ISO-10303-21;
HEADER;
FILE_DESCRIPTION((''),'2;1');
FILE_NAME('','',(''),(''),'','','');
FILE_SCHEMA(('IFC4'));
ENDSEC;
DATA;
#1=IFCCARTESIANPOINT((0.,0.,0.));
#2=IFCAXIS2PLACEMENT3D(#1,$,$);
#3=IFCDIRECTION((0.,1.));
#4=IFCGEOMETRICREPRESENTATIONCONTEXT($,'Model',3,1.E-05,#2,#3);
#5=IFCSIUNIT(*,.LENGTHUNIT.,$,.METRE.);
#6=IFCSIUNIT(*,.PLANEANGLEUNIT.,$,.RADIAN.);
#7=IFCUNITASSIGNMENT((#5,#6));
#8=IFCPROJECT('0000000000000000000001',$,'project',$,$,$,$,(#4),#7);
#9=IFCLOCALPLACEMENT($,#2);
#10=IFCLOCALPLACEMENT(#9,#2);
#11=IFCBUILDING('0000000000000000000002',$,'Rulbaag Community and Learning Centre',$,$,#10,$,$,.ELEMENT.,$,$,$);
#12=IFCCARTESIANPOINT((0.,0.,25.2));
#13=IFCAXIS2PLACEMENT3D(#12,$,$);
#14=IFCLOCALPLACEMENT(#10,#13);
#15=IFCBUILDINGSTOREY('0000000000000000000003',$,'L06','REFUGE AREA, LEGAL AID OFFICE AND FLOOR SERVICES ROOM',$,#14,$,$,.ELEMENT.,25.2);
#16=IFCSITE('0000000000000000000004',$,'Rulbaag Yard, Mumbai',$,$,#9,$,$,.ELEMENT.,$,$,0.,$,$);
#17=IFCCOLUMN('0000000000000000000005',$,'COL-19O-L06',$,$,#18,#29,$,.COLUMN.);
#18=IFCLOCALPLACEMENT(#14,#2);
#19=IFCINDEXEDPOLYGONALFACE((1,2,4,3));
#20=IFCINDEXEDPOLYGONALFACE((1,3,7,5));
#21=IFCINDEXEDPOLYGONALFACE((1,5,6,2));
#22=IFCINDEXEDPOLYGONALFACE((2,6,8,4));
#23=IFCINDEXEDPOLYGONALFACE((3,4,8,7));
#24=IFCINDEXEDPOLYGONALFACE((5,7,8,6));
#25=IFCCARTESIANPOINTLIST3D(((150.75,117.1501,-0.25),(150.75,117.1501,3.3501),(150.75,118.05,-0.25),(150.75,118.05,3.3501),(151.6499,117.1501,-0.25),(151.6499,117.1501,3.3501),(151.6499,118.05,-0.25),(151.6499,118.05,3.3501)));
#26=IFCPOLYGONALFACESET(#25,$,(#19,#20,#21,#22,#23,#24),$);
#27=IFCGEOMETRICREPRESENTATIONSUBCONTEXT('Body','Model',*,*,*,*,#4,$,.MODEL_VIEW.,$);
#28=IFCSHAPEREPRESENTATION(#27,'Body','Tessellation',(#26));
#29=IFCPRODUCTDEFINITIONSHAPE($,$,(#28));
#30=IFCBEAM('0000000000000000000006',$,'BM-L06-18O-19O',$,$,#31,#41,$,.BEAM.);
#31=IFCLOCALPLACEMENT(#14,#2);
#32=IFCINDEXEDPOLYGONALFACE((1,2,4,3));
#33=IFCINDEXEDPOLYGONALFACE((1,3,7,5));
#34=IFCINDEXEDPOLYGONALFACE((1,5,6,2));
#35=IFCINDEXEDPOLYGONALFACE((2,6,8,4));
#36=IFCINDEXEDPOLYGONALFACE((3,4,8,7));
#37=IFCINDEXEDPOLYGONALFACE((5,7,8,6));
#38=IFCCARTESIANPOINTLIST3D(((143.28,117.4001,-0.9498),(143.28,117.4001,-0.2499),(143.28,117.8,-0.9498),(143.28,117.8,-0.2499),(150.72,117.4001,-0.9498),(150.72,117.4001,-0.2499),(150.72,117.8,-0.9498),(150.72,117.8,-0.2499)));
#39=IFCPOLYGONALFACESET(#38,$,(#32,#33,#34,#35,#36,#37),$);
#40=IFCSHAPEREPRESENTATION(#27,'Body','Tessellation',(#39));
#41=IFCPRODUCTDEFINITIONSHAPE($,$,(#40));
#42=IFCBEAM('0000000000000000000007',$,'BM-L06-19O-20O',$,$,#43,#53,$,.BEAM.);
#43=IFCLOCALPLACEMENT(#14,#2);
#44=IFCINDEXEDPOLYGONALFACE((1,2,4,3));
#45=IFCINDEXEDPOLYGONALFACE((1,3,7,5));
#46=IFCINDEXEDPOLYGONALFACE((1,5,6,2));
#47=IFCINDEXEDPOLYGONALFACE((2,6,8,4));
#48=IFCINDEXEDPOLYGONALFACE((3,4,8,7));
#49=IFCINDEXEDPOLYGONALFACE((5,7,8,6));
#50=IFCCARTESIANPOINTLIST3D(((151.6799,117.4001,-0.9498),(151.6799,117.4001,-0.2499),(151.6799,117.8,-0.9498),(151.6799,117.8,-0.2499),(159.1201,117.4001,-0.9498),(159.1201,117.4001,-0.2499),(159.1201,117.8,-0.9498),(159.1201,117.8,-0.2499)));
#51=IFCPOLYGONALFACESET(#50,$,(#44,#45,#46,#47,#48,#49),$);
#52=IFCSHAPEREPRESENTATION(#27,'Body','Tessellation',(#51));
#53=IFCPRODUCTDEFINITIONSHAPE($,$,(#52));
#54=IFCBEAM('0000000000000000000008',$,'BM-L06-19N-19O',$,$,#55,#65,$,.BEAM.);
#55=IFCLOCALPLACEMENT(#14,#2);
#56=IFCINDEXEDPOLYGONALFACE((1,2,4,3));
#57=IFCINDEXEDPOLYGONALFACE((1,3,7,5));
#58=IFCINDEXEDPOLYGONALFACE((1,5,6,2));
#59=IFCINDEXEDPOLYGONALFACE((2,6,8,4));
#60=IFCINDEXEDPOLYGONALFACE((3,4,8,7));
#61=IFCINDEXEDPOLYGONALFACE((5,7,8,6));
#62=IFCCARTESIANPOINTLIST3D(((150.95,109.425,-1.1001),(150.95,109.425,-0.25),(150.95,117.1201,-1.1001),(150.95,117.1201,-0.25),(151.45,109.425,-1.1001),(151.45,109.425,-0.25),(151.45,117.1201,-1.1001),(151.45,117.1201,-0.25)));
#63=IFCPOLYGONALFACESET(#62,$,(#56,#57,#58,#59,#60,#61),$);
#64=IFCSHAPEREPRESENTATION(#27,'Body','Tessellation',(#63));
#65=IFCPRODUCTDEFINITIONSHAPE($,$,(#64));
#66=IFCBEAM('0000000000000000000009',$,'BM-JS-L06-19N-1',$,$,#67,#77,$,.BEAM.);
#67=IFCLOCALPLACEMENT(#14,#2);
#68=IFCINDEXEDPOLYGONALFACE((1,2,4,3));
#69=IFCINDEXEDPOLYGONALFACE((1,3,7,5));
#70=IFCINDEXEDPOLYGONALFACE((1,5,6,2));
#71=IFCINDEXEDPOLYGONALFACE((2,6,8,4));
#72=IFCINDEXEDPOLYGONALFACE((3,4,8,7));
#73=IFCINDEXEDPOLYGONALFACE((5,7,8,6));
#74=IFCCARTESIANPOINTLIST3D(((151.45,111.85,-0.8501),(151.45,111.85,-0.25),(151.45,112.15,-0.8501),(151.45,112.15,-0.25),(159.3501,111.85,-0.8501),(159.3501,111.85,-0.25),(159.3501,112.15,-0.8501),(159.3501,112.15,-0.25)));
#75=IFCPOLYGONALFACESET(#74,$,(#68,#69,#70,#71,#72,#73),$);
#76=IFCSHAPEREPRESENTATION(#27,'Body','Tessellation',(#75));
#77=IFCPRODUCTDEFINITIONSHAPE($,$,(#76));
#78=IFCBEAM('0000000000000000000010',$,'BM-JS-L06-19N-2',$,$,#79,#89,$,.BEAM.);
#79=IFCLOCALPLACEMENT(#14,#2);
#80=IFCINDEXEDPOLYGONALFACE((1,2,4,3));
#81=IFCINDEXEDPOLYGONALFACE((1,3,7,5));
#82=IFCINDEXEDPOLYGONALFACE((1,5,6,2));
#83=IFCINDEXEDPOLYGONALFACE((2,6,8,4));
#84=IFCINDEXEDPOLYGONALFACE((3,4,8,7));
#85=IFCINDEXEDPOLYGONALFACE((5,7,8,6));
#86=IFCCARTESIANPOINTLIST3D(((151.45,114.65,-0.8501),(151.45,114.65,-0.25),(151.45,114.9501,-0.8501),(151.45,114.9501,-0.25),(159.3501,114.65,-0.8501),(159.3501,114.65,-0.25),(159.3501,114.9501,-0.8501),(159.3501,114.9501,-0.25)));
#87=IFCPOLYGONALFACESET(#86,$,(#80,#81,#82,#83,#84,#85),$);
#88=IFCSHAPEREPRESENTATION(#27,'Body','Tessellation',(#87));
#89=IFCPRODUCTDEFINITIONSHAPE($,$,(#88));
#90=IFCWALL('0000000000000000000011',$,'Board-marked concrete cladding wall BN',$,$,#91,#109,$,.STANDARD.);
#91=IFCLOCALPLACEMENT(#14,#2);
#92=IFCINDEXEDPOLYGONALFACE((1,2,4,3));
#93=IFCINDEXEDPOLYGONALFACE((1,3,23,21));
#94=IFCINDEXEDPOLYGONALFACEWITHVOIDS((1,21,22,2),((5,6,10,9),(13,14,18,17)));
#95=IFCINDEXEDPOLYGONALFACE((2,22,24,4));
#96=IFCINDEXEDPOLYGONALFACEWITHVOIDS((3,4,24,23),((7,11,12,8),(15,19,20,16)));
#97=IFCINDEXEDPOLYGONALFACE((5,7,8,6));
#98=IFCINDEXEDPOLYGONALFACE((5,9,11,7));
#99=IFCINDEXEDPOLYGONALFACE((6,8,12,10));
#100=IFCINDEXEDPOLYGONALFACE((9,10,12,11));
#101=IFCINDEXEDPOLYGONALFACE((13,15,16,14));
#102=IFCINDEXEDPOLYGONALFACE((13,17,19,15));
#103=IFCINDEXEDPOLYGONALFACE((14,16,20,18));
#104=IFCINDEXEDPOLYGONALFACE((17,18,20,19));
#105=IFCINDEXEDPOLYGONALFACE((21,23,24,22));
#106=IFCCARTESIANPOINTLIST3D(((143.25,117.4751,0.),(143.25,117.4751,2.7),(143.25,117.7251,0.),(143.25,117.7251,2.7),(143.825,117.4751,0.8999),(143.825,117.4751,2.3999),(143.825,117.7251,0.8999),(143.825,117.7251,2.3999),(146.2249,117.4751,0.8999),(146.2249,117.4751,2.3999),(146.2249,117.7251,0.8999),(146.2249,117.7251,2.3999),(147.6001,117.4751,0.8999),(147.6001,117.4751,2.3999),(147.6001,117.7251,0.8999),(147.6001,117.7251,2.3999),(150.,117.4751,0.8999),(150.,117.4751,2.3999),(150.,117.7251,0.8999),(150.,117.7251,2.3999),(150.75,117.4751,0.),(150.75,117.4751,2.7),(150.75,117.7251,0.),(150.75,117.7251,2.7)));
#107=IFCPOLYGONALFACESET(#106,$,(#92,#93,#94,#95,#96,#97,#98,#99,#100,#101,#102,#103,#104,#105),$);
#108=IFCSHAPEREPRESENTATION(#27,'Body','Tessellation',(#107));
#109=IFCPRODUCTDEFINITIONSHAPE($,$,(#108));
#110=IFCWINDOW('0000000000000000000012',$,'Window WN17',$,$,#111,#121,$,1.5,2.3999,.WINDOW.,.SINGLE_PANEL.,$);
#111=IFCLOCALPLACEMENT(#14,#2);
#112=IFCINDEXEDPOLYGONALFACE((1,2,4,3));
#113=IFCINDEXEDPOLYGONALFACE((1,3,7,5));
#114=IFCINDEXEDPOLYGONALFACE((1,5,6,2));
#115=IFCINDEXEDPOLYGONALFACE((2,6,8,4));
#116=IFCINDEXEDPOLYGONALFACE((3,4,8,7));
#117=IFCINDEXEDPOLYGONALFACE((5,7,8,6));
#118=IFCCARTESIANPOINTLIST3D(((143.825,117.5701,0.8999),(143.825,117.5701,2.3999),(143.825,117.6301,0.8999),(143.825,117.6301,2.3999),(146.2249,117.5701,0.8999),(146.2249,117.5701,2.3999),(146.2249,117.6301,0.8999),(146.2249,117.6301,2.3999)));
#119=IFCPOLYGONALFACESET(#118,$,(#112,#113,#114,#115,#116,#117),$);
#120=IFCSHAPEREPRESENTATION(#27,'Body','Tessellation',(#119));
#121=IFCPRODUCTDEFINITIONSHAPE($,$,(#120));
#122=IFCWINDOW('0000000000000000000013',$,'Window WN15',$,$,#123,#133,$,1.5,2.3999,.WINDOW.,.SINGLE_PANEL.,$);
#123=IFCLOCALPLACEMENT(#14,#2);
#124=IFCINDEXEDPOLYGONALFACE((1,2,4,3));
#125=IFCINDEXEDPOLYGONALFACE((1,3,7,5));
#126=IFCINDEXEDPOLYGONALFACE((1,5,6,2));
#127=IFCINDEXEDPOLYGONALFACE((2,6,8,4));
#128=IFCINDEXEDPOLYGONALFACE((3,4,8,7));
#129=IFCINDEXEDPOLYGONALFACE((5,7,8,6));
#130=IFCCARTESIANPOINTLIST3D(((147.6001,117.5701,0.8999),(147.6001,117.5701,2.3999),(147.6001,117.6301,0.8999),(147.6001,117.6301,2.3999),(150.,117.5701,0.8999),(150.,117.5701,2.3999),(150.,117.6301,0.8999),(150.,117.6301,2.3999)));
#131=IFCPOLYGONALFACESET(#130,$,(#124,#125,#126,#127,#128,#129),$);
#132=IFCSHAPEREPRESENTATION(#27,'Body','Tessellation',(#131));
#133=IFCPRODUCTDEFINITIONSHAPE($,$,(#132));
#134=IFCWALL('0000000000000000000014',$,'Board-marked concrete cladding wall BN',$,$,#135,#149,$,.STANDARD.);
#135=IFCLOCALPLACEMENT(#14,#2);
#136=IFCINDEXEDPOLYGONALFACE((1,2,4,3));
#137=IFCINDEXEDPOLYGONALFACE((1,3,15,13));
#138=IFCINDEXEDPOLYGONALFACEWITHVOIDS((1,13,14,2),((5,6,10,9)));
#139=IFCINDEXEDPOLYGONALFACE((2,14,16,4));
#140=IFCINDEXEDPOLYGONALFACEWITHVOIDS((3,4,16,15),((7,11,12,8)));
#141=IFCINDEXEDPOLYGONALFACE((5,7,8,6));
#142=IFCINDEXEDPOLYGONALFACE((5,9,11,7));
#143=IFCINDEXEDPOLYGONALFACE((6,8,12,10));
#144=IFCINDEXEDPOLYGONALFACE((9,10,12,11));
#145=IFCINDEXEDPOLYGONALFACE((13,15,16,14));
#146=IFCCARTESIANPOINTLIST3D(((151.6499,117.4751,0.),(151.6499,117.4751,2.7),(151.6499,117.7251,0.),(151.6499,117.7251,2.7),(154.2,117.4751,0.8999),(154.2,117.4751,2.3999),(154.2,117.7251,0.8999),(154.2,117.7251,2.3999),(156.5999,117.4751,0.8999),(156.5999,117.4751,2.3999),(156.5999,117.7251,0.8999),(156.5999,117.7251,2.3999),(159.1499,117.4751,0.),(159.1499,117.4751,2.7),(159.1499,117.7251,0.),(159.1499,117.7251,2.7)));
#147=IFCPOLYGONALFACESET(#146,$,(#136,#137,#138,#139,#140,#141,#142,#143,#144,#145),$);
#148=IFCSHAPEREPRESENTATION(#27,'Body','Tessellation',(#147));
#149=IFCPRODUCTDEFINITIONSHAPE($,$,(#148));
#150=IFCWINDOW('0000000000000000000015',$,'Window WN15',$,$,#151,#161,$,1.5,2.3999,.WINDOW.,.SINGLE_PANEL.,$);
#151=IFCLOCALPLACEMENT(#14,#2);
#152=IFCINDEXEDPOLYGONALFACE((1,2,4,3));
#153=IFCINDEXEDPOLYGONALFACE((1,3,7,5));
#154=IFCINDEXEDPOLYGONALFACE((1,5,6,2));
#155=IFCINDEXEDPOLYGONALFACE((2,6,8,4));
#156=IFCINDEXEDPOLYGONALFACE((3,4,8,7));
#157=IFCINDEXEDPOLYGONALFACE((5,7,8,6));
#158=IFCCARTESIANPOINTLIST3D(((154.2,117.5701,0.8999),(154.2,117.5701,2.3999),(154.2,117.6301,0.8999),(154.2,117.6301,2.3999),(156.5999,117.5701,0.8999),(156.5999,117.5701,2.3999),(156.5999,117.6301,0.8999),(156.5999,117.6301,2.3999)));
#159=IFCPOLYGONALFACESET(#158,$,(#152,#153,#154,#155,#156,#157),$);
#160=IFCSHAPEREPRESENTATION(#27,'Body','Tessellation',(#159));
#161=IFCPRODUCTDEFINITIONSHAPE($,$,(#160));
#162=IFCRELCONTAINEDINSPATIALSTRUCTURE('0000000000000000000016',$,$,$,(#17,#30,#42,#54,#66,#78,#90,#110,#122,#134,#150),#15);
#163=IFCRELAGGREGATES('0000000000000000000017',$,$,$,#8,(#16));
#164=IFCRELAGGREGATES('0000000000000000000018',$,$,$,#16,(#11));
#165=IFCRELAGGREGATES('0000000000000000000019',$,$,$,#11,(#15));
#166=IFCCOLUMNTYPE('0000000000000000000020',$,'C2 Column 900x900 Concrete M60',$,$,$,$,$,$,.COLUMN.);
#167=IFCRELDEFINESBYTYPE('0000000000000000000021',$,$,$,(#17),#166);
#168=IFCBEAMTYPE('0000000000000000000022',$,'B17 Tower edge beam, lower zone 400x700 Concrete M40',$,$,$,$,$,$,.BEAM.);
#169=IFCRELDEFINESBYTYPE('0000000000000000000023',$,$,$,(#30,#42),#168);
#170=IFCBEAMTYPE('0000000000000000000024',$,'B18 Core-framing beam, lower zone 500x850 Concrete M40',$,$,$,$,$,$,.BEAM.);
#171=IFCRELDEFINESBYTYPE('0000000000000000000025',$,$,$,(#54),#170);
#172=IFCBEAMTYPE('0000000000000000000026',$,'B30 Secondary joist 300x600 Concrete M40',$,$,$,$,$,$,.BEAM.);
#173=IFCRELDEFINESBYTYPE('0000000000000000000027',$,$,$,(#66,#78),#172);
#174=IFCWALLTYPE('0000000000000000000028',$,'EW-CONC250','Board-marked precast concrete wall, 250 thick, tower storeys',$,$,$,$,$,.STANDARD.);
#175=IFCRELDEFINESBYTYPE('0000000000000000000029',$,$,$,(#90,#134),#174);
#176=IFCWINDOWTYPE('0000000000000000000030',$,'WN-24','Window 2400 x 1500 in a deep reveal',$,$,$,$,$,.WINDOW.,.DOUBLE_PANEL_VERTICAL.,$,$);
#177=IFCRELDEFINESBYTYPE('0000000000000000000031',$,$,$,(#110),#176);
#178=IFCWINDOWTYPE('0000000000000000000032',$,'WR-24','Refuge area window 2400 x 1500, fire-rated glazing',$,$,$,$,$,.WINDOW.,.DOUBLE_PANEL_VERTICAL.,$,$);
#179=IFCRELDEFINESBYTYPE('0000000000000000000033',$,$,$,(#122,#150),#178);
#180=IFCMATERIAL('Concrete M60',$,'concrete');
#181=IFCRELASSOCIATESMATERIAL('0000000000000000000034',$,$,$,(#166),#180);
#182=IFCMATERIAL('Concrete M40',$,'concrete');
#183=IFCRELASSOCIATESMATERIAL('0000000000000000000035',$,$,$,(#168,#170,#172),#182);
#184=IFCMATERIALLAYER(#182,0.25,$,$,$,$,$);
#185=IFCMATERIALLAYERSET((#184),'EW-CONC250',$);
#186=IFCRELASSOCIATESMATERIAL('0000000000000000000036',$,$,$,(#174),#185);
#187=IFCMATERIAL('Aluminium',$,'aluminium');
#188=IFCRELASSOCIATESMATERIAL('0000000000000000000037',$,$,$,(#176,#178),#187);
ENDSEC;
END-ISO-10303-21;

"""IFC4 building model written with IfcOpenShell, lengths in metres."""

from ifc_helpers import new_model, si_unit, direction, frame, frame_2d, origin, origin_2d, place, context, subcontext, project, spatial, rectangle, extrude, material, layer, layer_set, material_profile, profile_set, type_object, element, fill, save


model = new_model("IFC4")

# Units and contexts
model_context = context("Model", 3, precision=1e-05, world=origin(), true_north=direction((0.0, 1.0)))
body_context = subcontext(model_context, "Body", "Model", "MODEL_VIEW")
ifc_project = project(units=[si_unit("LENGTHUNIT", "METRE"), si_unit("PLANEANGLEUNIT", "RADIAN")], contexts=[model_context])

# Site, building, storey
site_placement = place(None, origin())
site = spatial("IfcSite", under=ifc_project, at=site_placement, Name="Rulbaag Yard, Mumbai", CompositionType="ELEMENT", RefElevation=0.0)
building_placement = place(site_placement, origin())
building = spatial("IfcBuilding", under=site, at=building_placement, Name="Rulbaag Community and Learning Centre", CompositionType="ELEMENT")
storey_placement = place(building_placement, frame((0.0, 0.0, 25.2)))
storey = spatial("IfcBuildingStorey", under=building, at=storey_placement, Name="L06", Description="REFUGE AREA, LEGAL AID OFFICE AND FLOOR SERVICES ROOM", CompositionType="ELEMENT", Elevation=25.2)

# Column
ifc_material_1 = material(Name="Concrete M60", Category="concrete")
ifc_material_profile_1 = material_profile(ifc_material_1, rectangle(XDim=0.8999, YDim=0.8999, at=origin_2d()), Name="RC900x900")
ifc_profile_set_1 = profile_set([ifc_material_profile_1], Name="Concrete M60")
column_type = type_object("IfcColumnType", Name="C2 Column 900x900 Concrete M60", PredefinedType="COLUMN", material=ifc_profile_set_1)
column_placement = place(storey_placement, frame((151.2, 117.6001, -0.25), z_axis=(0.0, 0.0, 1.0), x_axis=(1.0, 0.0, 0.0)))
element("IfcColumn", 1, at=column_placement, inside=storey, type_object=column_type, Name="COL-19O-L06", PredefinedType="COLUMN", context=body_context, shape_type="SweptSolid", body=[
    extrude(rectangle(XDim=0.8999, YDim=0.8999, at=origin_2d()), origin(), (0.0, 0.0, 1.0), 3.6001),
])

# Beams
ifc_material_2 = material(Name="Concrete M40", Category="concrete")
ifc_material_profile_2 = material_profile(ifc_material_2, rectangle(XDim=0.3999, YDim=0.7, at=origin_2d()), Name="RB400x700")
ifc_profile_set_2 = profile_set([ifc_material_profile_2], Name="Concrete M40")
beam_type_1 = type_object("IfcBeamType", Name="B17 Tower edge beam, lower zone 400x700 Concrete M40", PredefinedType="BEAM", material=ifc_profile_set_2)
beam_1_placement = place(storey_placement, frame((143.28, 117.6001, -0.5999), z_axis=(1.0, 0.0, 0.0), x_axis=(0.0, 1.0, 0.0)))
element("IfcBeam", 2, at=beam_1_placement, inside=storey, type_object=beam_type_1, Name="BM-L06-18O-19O", PredefinedType="BEAM", context=body_context, shape_type="SweptSolid", body=[
    extrude(rectangle(XDim=0.3999, YDim=0.7, at=origin_2d()), origin(), (0.0, 0.0, 1.0), 7.4399),
])
beam_2_placement = place(storey_placement, frame((151.6799, 117.6001, -0.5999), z_axis=(1.0, 0.0, 0.0), x_axis=(0.0, 1.0, 0.0)))
element("IfcBeam", 3, at=beam_2_placement, inside=storey, type_object=beam_type_1, Name="BM-L06-19O-20O", PredefinedType="BEAM", context=body_context, shape_type="SweptSolid", body=[
    extrude(rectangle(XDim=0.3999, YDim=0.7, at=origin_2d()), origin(), (0.0, 0.0, 1.0), 7.4402),
])
ifc_material_profile_3 = material_profile(ifc_material_2, rectangle(XDim=0.5, YDim=0.8501, at=origin_2d()), Name="RB500x850")
ifc_profile_set_3 = profile_set([ifc_material_profile_3], Name="Concrete M40")
beam_type_2 = type_object("IfcBeamType", Name="B18 Core-framing beam, lower zone 500x850 Concrete M40", PredefinedType="BEAM", material=ifc_profile_set_3)
beam_3_placement = place(storey_placement, frame((151.2, 109.425, -0.675), z_axis=(0.0, 1.0, 0.0), x_axis=(-1.0, 0.0, 0.0)))
element("IfcBeam", 4, at=beam_3_placement, inside=storey, type_object=beam_type_2, Name="BM-L06-19N-19O", PredefinedType="BEAM", context=body_context, shape_type="SweptSolid", body=[
    extrude(rectangle(XDim=0.5, YDim=0.8501, at=origin_2d()), origin(), (0.0, 0.0, 1.0), 7.6951),
])
ifc_material_profile_4 = material_profile(ifc_material_2, rectangle(XDim=0.3, YDim=0.6001, at=origin_2d()), Name="RB300x600")
ifc_profile_set_4 = profile_set([ifc_material_profile_4], Name="Concrete M40")
beam_type_3 = type_object("IfcBeamType", Name="B30 Secondary joist 300x600 Concrete M40", PredefinedType="BEAM", material=ifc_profile_set_4)
for number, where, z_axis, x_axis, name in (
    (5, (151.45, 112.0, -0.55), (1.0, 0.0, 0.0), (0.0, 1.0, 0.0), "BM-JS-L06-19N-1"),
    (6, (151.45, 114.8, -0.55), (1.0, 0.0, 0.0), (0.0, 1.0, 0.0), "BM-JS-L06-19N-2"),
):
    element("IfcBeam", number, at=place(storey_placement, frame(where, z_axis=z_axis, x_axis=x_axis)), inside=storey, type_object=beam_type_3, Name=name, PredefinedType="BEAM", context=body_context, shape_type="SweptSolid", body=[
        extrude(rectangle(XDim=0.3, YDim=0.6001, at=origin_2d()), origin(), (0.0, 0.0, 1.0), 7.9001),
    ])

# Wall, openings, windows
ifc_layer_1 = layer(ifc_material_2, 0.25)
ifc_layer_set_1 = layer_set([ifc_layer_1], Name="EW-CONC250")
wall_type_1 = type_object("IfcWallType", Name="EW-CONC250", Description="Board-marked precast concrete wall, 250 thick, tower storeys", PredefinedType="STANDARD", material=ifc_layer_set_1)
wall_1_placement = place(storey_placement, frame((143.25, 117.6001, 0.0), z_axis=(0.0, 0.0, 1.0), x_axis=(1.0, 0.0, 0.0)))
wall_1 = element("IfcWall", 7, at=wall_1_placement, inside=storey, type_object=wall_type_1, Name="Board-marked concrete cladding wall BN", PredefinedType="STANDARD", context=body_context, shape_type="SweptSolid", body=[
    extrude(rectangle(XDim=7.5, YDim=0.25, at=frame_2d((3.75, 0.0))), origin(), (0.0, 0.0, 1.0), 2.7),
])
opening_1_placement = place(wall_1_placement, frame((0.575, 0.0, 0.8999)))
opening_1 = element("IfcOpeningElement", 8, at=opening_1_placement, cuts=wall_1, PredefinedType="OPENING", context=body_context, shape_type="SweptSolid", body=[
    extrude(rectangle(XDim=2.3999, YDim=1.5, at=frame_2d((1.2, 0.75))), frame((0.0, 0.135, 0.0), z_axis=(0.0, -1.0, 0.0), x_axis=(1.0, 0.0, 0.0)), (0.0, 0.0, 1.0), 0.27),
])
opening_2_placement = place(wall_1_placement, frame((4.3501, 0.0, 0.8999)))
opening_2 = element("IfcOpeningElement", 9, at=opening_2_placement, cuts=wall_1, PredefinedType="OPENING", context=body_context, shape_type="SweptSolid", body=[
    extrude(rectangle(XDim=2.3999, YDim=1.5, at=frame_2d((1.2, 0.75))), frame((0.0, 0.135, 0.0), z_axis=(0.0, -1.0, 0.0), x_axis=(1.0, 0.0, 0.0)), (0.0, 0.0, 1.0), 0.27),
])
ifc_material_3 = material(Name="Aluminium", Category="aluminium")
window_type_1 = type_object("IfcWindowType", Name="WN-24", Description="Window 2400 x 1500 in a deep reveal", PartitioningType="DOUBLE_PANEL_VERTICAL", PredefinedType="WINDOW", material=ifc_material_3)
window_1_placement = place(opening_1_placement, origin())
window_1 = element("IfcWindow", 10, at=window_1_placement, inside=storey, type_object=window_type_1, Name="Window WN17", OverallHeight=1.5, OverallWidth=2.3999, PartitioningType="SINGLE_PANEL", PredefinedType="WINDOW", context=body_context, shape_type="SweptSolid", body=[
    extrude(rectangle(XDim=2.3999, YDim=1.5, at=frame_2d((1.2, 0.75))), frame((0.0, 0.03, 0.0), z_axis=(0.0, -1.0, 0.0), x_axis=(1.0, 0.0, 0.0)), (0.0, 0.0, 1.0), 0.0601),
])
fill(opening_1, window_1)
window_type_2 = type_object("IfcWindowType", Name="WR-24", Description="Refuge area window 2400 x 1500, fire-rated glazing", PartitioningType="DOUBLE_PANEL_VERTICAL", PredefinedType="WINDOW", material=ifc_material_3)
window_2_placement = place(opening_2_placement, origin())
window_2 = element("IfcWindow", 11, at=window_2_placement, inside=storey, type_object=window_type_2, Name="Window WN15", OverallHeight=1.5, OverallWidth=2.3999, PartitioningType="SINGLE_PANEL", PredefinedType="WINDOW", context=body_context, shape_type="SweptSolid", body=[
    extrude(rectangle(XDim=2.3999, YDim=1.5, at=frame_2d((1.2, 0.75))), frame((0.0, 0.03, 0.0), z_axis=(0.0, -1.0, 0.0), x_axis=(1.0, 0.0, 0.0)), (0.0, 0.0, 1.0), 0.0601),
])
fill(opening_2, window_2)

# Wall, opening, window
wall_2_placement = place(storey_placement, frame((151.6499, 117.6001, 0.0), z_axis=(0.0, 0.0, 1.0), x_axis=(1.0, 0.0, 0.0)))
wall_2 = element("IfcWall", 12, at=wall_2_placement, inside=storey, type_object=wall_type_1, Name="Board-marked concrete cladding wall BN", PredefinedType="STANDARD", context=body_context, shape_type="SweptSolid", body=[
    extrude(rectangle(XDim=7.5, YDim=0.25, at=frame_2d((3.75, 0.0))), origin(), (0.0, 0.0, 1.0), 2.7),
])
opening_3_placement = place(wall_2_placement, frame((2.55, 0.0, 0.8999)))
opening_3 = element("IfcOpeningElement", 13, at=opening_3_placement, cuts=wall_2, PredefinedType="OPENING", context=body_context, shape_type="SweptSolid", body=[
    extrude(rectangle(XDim=2.3999, YDim=1.5, at=frame_2d((1.2, 0.75))), frame((0.0, 0.135, 0.0), z_axis=(0.0, -1.0, 0.0), x_axis=(1.0, 0.0, 0.0)), (0.0, 0.0, 1.0), 0.27),
])
window_3_placement = place(opening_3_placement, origin())
window_3 = element("IfcWindow", 14, at=window_3_placement, inside=storey, type_object=window_type_2, Name="Window WN15", OverallHeight=1.5, OverallWidth=2.3999, PartitioningType="SINGLE_PANEL", PredefinedType="WINDOW", context=body_context, shape_type="SweptSolid", body=[
    extrude(rectangle(XDim=2.3999, YDim=1.5, at=frame_2d((1.2, 0.75))), frame((0.0, 0.03, 0.0), z_axis=(0.0, -1.0, 0.0), x_axis=(1.0, 0.0, 0.0)), (0.0, 0.0, 1.0), 0.0601),
])
fill(opening_3, window_3)

save(model, "model.ifc")
